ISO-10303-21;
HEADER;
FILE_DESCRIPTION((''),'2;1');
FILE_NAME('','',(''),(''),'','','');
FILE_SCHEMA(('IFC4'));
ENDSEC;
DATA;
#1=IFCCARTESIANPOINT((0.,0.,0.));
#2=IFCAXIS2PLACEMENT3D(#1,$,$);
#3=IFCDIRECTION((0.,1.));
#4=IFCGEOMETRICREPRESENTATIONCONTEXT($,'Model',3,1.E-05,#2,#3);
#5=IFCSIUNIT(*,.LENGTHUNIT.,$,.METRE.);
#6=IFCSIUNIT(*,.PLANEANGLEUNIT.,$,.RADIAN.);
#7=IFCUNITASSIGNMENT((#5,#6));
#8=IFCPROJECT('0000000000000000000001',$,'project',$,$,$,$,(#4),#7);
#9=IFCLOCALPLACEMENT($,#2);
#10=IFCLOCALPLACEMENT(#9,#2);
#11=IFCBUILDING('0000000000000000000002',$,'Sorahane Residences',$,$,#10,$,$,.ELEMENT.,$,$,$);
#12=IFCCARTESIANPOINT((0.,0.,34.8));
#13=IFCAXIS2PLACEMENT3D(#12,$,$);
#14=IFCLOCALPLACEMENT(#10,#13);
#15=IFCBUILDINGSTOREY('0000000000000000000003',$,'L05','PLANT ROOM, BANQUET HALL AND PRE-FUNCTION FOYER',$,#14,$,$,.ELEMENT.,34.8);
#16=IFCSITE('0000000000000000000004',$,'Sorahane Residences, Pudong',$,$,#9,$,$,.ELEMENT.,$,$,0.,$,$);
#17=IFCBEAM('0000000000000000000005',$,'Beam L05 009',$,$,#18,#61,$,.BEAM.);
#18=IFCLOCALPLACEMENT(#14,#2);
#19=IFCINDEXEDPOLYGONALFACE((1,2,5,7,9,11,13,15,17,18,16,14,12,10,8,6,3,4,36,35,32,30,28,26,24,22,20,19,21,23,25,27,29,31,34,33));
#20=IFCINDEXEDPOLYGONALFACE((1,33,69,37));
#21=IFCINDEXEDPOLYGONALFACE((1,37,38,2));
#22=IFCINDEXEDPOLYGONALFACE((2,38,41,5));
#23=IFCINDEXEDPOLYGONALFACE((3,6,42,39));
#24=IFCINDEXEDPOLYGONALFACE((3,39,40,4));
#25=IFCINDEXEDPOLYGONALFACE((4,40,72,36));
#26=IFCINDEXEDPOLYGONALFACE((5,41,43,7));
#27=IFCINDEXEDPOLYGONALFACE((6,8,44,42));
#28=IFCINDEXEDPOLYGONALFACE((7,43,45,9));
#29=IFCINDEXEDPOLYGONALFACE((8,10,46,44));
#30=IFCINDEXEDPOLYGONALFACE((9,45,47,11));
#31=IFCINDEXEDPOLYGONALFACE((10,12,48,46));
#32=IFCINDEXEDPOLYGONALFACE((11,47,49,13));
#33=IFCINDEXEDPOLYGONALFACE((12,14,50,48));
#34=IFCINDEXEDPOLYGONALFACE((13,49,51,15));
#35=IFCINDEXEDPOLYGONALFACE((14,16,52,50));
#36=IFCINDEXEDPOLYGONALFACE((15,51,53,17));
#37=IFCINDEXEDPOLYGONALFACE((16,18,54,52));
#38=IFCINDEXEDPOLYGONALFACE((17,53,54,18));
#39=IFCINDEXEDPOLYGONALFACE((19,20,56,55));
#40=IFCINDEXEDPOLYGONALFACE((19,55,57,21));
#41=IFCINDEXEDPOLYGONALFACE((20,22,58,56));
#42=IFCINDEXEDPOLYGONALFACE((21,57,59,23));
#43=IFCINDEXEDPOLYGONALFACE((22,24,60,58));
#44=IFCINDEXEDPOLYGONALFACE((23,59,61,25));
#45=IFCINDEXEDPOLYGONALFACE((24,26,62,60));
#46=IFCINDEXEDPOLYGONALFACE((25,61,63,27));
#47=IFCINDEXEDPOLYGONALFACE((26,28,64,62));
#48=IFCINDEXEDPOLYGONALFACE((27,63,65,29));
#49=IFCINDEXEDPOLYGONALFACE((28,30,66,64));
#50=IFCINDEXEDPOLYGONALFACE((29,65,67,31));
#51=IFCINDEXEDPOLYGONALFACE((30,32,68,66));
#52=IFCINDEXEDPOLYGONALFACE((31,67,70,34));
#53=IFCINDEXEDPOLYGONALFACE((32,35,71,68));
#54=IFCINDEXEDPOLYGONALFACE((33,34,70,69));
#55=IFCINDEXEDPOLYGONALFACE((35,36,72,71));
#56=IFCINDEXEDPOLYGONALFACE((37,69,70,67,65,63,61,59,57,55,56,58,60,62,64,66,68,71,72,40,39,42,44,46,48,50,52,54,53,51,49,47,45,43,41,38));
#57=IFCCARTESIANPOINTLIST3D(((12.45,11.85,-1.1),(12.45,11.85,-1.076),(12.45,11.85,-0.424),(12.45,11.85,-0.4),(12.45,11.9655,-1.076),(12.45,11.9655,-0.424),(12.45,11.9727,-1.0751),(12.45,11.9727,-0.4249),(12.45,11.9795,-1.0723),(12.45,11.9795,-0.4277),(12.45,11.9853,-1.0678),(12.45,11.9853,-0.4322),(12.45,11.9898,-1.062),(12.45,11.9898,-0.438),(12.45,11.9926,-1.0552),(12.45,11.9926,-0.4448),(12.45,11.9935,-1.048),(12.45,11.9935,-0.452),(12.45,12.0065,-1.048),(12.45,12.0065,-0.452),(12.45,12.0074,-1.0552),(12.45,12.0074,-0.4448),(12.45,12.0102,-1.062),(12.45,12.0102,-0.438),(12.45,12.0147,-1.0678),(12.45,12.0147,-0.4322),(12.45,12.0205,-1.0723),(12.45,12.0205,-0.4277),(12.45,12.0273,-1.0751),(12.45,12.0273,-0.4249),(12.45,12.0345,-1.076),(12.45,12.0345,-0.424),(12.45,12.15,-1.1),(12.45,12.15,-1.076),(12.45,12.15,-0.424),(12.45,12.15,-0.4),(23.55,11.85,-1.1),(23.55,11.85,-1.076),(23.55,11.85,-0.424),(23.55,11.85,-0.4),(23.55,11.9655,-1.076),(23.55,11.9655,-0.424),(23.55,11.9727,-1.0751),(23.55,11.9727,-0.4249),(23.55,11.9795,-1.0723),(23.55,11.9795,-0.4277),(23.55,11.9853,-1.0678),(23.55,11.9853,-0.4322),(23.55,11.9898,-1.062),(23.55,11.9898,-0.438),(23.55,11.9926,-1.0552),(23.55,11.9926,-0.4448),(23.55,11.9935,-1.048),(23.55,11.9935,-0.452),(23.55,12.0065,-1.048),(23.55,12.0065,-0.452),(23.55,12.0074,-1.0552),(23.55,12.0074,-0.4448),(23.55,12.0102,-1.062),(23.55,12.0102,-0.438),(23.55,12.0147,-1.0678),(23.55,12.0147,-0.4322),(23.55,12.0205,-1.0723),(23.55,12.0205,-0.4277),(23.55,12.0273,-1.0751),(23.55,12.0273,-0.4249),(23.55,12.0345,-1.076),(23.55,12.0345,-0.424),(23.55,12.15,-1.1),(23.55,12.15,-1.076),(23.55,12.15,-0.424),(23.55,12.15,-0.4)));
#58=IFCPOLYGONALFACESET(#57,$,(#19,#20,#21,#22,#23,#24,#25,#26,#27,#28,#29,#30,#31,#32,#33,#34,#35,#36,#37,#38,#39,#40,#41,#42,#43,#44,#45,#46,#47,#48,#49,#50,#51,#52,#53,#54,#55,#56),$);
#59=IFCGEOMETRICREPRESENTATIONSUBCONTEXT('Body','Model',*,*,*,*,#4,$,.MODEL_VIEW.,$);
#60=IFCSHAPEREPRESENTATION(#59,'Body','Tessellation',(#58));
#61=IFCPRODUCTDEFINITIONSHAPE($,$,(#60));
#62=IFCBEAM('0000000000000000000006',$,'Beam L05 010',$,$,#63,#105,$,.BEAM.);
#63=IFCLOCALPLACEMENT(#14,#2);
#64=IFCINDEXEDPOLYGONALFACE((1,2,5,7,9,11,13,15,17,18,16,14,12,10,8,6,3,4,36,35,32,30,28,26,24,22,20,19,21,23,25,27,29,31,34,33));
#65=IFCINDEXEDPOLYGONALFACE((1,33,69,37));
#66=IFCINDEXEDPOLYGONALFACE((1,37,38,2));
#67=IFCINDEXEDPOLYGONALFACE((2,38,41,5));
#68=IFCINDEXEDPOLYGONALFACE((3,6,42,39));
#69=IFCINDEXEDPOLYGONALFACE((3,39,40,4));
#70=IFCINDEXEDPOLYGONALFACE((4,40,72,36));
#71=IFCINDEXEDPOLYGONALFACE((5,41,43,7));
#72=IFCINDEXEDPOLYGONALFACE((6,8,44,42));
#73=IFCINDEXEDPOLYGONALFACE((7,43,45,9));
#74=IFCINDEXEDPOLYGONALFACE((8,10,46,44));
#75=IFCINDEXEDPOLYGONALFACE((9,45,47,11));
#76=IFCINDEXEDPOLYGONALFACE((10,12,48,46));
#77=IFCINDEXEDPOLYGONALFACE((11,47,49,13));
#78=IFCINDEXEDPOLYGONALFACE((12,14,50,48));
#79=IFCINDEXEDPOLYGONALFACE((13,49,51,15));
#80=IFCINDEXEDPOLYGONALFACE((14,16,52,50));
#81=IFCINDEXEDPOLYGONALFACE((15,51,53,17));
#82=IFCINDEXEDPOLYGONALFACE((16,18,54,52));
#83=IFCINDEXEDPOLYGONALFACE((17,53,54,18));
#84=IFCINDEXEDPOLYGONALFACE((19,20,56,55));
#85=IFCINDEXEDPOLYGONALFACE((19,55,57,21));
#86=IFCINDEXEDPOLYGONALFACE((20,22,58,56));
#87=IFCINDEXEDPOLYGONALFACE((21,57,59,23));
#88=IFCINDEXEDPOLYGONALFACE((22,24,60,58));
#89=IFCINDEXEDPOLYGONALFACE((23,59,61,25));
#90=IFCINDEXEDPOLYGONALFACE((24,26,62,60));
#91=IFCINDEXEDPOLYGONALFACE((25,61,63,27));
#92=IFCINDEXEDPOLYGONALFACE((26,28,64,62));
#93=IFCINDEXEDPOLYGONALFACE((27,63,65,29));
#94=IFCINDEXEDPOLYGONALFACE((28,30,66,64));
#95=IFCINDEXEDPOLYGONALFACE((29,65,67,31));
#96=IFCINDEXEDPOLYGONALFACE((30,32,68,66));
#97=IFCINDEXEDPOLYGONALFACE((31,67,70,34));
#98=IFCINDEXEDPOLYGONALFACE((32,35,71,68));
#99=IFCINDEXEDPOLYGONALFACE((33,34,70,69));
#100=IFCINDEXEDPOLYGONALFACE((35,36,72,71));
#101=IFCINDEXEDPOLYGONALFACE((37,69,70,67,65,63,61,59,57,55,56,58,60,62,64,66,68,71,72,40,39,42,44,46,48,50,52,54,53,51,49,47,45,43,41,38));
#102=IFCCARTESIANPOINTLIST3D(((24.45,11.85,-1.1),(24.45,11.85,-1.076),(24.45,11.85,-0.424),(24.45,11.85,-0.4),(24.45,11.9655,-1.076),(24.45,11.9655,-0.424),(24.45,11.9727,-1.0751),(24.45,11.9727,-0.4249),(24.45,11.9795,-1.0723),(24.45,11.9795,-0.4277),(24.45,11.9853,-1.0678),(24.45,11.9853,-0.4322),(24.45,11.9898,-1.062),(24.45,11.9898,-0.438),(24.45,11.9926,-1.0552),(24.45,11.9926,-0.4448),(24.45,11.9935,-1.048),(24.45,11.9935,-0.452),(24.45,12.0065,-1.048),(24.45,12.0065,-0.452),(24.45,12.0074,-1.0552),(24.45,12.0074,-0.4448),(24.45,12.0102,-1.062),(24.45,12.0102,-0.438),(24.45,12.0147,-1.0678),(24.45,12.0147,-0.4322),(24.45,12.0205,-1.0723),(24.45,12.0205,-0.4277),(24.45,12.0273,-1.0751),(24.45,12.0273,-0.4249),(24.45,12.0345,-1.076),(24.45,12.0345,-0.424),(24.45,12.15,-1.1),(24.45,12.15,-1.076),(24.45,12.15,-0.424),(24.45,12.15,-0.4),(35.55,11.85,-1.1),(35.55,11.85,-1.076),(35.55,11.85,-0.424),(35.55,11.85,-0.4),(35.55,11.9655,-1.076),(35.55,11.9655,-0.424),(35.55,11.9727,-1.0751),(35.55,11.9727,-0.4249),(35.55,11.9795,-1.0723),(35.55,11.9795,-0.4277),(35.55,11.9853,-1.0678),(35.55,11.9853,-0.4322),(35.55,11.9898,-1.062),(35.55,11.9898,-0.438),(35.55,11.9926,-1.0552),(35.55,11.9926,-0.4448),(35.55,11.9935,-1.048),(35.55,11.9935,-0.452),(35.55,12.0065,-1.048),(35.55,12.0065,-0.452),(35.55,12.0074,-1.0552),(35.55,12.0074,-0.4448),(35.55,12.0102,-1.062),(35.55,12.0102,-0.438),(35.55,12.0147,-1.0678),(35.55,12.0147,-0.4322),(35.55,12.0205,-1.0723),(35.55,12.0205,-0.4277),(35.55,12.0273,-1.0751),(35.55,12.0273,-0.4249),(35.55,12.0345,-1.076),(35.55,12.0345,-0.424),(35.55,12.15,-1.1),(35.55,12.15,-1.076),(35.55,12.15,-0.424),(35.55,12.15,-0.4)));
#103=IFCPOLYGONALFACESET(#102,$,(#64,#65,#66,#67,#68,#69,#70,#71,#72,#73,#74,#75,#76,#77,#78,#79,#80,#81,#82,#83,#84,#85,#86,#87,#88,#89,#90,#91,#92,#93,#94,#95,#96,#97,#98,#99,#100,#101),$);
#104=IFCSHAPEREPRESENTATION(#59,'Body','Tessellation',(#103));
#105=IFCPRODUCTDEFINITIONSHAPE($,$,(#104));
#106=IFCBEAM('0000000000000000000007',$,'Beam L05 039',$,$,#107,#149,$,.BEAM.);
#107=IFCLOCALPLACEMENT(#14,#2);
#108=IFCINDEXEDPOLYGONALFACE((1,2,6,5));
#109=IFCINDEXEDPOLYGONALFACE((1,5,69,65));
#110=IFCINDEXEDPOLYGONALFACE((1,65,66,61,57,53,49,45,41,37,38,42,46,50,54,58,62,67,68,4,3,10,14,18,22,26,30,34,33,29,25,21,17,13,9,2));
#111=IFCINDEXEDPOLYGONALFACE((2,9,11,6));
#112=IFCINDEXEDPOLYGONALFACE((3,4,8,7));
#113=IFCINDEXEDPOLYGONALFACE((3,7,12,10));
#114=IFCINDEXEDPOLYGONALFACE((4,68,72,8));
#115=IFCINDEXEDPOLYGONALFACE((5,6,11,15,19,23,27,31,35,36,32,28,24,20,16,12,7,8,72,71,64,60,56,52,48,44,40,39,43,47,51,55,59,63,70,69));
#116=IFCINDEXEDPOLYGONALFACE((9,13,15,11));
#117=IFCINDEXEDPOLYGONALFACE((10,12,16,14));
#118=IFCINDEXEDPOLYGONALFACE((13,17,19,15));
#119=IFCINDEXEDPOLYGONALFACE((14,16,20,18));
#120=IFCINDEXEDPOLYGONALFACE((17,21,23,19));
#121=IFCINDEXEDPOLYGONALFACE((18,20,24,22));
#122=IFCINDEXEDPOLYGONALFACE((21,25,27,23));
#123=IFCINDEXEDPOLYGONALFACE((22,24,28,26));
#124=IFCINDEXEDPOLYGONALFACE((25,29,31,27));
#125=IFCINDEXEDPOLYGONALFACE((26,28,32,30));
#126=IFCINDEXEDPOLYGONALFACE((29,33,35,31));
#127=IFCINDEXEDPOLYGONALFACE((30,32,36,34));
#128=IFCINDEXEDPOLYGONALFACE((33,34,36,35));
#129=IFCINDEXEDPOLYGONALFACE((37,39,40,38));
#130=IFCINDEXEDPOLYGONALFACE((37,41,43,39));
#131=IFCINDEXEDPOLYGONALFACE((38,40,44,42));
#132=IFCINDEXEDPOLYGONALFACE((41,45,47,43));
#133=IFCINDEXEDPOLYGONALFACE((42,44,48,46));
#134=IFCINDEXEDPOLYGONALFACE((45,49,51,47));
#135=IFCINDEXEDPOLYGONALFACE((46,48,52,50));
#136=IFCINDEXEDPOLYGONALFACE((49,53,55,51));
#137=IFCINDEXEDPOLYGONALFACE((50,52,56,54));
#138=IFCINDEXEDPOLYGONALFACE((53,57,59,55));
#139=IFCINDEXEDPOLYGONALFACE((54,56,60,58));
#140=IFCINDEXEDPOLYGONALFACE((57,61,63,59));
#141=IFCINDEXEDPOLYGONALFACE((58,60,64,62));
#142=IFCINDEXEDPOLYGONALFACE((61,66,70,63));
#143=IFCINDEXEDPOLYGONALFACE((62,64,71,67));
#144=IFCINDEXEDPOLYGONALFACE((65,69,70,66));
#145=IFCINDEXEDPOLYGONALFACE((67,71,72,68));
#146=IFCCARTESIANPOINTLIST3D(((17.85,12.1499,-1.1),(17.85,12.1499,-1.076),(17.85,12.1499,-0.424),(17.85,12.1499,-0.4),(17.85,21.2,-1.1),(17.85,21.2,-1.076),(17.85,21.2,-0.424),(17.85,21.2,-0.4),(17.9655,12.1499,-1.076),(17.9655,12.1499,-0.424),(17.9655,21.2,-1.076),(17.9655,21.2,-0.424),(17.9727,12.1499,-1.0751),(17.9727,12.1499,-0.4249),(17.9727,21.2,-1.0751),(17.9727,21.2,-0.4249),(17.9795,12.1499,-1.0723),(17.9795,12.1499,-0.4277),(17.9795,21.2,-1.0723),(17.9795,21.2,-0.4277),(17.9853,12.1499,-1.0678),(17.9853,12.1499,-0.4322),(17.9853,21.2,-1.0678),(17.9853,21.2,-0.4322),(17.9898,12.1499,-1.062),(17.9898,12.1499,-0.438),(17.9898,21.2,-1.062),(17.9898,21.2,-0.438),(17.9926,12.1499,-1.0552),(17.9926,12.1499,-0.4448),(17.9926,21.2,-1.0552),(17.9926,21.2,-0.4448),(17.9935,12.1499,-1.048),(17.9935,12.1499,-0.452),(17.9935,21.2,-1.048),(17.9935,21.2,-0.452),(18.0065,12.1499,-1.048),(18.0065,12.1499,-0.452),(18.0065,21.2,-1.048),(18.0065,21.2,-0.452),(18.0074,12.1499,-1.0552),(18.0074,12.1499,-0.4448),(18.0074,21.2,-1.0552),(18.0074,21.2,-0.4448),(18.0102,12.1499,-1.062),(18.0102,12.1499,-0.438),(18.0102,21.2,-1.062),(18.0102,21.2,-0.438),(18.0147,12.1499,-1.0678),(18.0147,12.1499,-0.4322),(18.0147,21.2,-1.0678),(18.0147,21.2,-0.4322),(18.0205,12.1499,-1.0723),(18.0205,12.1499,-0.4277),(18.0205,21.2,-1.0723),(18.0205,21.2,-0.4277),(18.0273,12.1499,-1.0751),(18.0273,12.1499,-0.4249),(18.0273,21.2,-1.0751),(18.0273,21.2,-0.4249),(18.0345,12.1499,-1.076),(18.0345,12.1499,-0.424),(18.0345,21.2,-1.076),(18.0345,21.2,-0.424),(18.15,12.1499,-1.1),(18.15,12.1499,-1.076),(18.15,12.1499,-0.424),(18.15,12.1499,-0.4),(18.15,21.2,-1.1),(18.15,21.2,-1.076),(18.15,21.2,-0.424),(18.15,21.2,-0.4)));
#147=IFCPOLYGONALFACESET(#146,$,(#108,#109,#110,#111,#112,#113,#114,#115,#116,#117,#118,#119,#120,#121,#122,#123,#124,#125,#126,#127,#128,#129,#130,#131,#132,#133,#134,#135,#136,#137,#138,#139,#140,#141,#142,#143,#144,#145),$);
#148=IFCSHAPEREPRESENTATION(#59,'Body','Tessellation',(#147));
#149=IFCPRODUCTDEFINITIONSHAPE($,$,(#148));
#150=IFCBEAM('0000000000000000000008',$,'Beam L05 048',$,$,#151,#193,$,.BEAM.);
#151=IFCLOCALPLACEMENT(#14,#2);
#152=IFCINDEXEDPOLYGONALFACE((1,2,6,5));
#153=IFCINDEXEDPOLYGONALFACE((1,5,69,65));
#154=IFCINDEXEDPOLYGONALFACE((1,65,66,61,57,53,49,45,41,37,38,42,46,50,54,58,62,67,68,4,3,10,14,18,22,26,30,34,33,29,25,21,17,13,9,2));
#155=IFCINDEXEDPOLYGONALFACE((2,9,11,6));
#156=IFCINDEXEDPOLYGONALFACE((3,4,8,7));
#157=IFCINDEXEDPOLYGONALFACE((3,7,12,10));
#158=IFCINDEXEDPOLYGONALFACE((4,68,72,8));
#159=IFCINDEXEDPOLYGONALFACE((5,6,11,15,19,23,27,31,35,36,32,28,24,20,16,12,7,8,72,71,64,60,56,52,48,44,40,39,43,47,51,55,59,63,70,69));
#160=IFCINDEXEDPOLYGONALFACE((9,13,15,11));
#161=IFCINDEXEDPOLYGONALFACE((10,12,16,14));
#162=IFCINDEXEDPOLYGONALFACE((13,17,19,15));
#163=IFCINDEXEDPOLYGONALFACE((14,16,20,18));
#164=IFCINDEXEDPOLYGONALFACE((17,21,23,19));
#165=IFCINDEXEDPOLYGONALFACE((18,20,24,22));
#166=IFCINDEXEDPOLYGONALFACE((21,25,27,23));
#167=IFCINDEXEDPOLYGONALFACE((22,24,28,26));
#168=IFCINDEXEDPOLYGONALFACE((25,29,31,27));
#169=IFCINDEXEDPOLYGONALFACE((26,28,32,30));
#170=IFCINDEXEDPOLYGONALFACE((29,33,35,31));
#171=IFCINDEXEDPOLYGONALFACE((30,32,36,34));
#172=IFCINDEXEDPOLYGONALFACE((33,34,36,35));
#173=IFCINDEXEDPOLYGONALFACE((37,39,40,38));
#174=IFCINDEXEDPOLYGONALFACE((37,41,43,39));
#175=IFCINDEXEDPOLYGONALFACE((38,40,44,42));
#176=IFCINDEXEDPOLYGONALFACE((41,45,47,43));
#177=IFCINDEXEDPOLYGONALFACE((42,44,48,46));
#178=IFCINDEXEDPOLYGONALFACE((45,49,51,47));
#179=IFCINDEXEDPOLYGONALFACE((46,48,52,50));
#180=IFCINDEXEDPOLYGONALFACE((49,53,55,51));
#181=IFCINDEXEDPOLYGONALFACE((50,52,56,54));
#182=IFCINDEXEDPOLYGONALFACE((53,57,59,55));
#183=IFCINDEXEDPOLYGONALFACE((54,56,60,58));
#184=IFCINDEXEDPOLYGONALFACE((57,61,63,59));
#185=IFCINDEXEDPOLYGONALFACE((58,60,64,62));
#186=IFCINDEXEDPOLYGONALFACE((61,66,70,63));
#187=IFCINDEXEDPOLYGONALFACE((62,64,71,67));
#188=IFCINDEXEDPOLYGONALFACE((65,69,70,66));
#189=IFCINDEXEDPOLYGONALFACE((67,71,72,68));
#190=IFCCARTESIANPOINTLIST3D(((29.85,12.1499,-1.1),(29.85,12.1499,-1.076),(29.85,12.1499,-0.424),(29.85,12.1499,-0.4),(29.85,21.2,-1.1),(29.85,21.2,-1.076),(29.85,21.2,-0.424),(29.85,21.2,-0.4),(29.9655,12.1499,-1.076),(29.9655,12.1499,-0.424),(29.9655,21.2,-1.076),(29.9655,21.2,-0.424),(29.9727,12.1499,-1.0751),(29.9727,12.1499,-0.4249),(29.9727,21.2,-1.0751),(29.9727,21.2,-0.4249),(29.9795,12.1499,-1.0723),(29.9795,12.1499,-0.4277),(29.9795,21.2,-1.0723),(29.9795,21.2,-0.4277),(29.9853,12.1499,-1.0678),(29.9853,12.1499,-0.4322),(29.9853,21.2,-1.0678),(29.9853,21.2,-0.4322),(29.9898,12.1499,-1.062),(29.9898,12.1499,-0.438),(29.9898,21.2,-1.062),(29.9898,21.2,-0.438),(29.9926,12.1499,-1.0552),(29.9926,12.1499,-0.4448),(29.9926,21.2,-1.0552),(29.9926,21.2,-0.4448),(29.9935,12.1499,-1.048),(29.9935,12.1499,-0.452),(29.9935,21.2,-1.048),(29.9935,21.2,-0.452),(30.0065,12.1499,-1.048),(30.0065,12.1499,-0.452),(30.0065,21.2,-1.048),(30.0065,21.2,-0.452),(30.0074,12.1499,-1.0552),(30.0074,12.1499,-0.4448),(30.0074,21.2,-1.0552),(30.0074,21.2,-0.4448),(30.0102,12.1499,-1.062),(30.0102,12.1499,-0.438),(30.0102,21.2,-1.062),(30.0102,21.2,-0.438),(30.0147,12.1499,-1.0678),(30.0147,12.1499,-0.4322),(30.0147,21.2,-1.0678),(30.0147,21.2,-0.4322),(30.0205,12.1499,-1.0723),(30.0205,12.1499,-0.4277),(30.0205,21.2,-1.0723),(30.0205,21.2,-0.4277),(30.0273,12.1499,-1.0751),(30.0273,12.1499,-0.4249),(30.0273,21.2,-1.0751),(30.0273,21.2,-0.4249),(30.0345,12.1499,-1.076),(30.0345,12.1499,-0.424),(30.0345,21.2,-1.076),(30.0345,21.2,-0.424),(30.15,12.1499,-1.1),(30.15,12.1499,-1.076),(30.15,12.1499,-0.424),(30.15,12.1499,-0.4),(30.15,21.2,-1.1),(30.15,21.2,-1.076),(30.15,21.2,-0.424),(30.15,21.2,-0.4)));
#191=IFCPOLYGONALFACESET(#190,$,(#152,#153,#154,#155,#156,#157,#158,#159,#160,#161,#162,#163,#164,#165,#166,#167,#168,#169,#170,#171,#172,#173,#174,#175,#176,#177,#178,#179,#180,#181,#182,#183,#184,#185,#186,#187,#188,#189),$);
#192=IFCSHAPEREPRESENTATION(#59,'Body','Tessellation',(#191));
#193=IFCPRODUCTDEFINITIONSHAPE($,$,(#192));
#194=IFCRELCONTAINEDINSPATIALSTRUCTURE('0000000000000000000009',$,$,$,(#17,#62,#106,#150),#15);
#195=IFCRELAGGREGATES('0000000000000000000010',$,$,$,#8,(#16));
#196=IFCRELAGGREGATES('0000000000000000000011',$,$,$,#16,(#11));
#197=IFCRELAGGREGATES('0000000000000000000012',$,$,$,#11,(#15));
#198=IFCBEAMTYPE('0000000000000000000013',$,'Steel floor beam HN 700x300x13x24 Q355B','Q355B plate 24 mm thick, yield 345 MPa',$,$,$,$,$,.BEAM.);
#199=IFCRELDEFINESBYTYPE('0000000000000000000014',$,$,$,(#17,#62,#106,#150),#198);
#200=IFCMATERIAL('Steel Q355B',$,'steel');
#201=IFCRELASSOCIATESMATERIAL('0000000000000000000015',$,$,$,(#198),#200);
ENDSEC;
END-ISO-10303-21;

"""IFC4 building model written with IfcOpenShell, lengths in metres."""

from ifc_helpers import new_model, si_unit, direction, frame, origin, origin_2d, place, context, subcontext, project, spatial, i_section, extrude, material, material_profile, profile_set, type_object, element, save


model = new_model("IFC4")

# Units and contexts
model_context = context("Model", 3, precision=1e-05, world=origin(), true_north=direction((0.0, 1.0)))
body_context = subcontext(model_context, "Body", "Model", "MODEL_VIEW")
ifc_project = project(units=[si_unit("LENGTHUNIT", "METRE"), si_unit("PLANEANGLEUNIT", "RADIAN")], contexts=[model_context])

# Site, building, storey
site_placement = place(None, origin())
site = spatial("IfcSite", under=ifc_project, at=site_placement, Name="Sorahane Residences, Pudong", CompositionType="ELEMENT", RefElevation=0.0)
building_placement = place(site_placement, origin())
building = spatial("IfcBuilding", under=site, at=building_placement, Name="Sorahane Residences", CompositionType="ELEMENT")
storey_placement = place(building_placement, frame((0.0, 0.0, 34.8)))
storey = spatial("IfcBuildingStorey", under=building, at=storey_placement, Name="L05", Description="PLANT ROOM, BANQUET HALL AND PRE-FUNCTION FOYER", CompositionType="ELEMENT", Elevation=34.8)

# Beams
ifc_material_1 = material(Name="Steel Q355B", Category="steel")
ifc_material_profile_1 = material_profile(ifc_material_1, i_section(OverallWidth=0.3, OverallDepth=0.7, WebThickness=0.0129, FlangeThickness=0.0239, FilletRadius=0.0281, at=origin_2d()), Name="HN 700x300x13x24")
ifc_profile_set_1 = profile_set([ifc_material_profile_1], Name="Steel Q355B")
beam_type_1 = type_object("IfcBeamType", Name="Steel floor beam HN 700x300x13x24 Q355B", Description="Q355B plate 24 mm thick, yield 345 MPa", PredefinedType="BEAM", material=ifc_profile_set_1)
for number, where, z_axis, x_axis, name in (
    (1, (12.45, 12.0, -0.75), (1.0, 0.0, 0.0), (0.0, 1.0, 0.0), "Beam L05 009"),
    (2, (24.45, 12.0, -0.75), (1.0, 0.0, 0.0), (0.0, 1.0, 0.0), "Beam L05 010"),
):
    element("IfcBeam", number, at=place(storey_placement, frame(where, z_axis=z_axis, x_axis=x_axis)), inside=storey, type_object=beam_type_1, Name=name, PredefinedType="BEAM", context=body_context, shape_type="SweptSolid", body=[
        extrude(i_section(OverallWidth=0.3, OverallDepth=0.7, WebThickness=0.0129, FlangeThickness=0.0239, FilletRadius=0.0281, at=origin_2d()), origin(), (0.0, 0.0, 1.0), 11.1001),
    ])
for number, where, z_axis, x_axis, name in (
    (3, (18.0, 12.1499, -0.75), (0.0, 1.0, 0.0), (-1.0, 0.0, 0.0), "Beam L05 039"),
    (4, (30.0, 12.1499, -0.75), (0.0, 1.0, 0.0), (-1.0, 0.0, 0.0), "Beam L05 048"),
):
    element("IfcBeam", number, at=place(storey_placement, frame(where, z_axis=z_axis, x_axis=x_axis)), inside=storey, type_object=beam_type_1, Name=name, PredefinedType="BEAM", context=body_context, shape_type="SweptSolid", body=[
        extrude(i_section(OverallWidth=0.3, OverallDepth=0.7, WebThickness=0.0129, FlangeThickness=0.0239, FilletRadius=0.0281, at=origin_2d()), origin(), (0.0, 0.0, 1.0), 9.05),
    ])

save(model, "model.ifc")
